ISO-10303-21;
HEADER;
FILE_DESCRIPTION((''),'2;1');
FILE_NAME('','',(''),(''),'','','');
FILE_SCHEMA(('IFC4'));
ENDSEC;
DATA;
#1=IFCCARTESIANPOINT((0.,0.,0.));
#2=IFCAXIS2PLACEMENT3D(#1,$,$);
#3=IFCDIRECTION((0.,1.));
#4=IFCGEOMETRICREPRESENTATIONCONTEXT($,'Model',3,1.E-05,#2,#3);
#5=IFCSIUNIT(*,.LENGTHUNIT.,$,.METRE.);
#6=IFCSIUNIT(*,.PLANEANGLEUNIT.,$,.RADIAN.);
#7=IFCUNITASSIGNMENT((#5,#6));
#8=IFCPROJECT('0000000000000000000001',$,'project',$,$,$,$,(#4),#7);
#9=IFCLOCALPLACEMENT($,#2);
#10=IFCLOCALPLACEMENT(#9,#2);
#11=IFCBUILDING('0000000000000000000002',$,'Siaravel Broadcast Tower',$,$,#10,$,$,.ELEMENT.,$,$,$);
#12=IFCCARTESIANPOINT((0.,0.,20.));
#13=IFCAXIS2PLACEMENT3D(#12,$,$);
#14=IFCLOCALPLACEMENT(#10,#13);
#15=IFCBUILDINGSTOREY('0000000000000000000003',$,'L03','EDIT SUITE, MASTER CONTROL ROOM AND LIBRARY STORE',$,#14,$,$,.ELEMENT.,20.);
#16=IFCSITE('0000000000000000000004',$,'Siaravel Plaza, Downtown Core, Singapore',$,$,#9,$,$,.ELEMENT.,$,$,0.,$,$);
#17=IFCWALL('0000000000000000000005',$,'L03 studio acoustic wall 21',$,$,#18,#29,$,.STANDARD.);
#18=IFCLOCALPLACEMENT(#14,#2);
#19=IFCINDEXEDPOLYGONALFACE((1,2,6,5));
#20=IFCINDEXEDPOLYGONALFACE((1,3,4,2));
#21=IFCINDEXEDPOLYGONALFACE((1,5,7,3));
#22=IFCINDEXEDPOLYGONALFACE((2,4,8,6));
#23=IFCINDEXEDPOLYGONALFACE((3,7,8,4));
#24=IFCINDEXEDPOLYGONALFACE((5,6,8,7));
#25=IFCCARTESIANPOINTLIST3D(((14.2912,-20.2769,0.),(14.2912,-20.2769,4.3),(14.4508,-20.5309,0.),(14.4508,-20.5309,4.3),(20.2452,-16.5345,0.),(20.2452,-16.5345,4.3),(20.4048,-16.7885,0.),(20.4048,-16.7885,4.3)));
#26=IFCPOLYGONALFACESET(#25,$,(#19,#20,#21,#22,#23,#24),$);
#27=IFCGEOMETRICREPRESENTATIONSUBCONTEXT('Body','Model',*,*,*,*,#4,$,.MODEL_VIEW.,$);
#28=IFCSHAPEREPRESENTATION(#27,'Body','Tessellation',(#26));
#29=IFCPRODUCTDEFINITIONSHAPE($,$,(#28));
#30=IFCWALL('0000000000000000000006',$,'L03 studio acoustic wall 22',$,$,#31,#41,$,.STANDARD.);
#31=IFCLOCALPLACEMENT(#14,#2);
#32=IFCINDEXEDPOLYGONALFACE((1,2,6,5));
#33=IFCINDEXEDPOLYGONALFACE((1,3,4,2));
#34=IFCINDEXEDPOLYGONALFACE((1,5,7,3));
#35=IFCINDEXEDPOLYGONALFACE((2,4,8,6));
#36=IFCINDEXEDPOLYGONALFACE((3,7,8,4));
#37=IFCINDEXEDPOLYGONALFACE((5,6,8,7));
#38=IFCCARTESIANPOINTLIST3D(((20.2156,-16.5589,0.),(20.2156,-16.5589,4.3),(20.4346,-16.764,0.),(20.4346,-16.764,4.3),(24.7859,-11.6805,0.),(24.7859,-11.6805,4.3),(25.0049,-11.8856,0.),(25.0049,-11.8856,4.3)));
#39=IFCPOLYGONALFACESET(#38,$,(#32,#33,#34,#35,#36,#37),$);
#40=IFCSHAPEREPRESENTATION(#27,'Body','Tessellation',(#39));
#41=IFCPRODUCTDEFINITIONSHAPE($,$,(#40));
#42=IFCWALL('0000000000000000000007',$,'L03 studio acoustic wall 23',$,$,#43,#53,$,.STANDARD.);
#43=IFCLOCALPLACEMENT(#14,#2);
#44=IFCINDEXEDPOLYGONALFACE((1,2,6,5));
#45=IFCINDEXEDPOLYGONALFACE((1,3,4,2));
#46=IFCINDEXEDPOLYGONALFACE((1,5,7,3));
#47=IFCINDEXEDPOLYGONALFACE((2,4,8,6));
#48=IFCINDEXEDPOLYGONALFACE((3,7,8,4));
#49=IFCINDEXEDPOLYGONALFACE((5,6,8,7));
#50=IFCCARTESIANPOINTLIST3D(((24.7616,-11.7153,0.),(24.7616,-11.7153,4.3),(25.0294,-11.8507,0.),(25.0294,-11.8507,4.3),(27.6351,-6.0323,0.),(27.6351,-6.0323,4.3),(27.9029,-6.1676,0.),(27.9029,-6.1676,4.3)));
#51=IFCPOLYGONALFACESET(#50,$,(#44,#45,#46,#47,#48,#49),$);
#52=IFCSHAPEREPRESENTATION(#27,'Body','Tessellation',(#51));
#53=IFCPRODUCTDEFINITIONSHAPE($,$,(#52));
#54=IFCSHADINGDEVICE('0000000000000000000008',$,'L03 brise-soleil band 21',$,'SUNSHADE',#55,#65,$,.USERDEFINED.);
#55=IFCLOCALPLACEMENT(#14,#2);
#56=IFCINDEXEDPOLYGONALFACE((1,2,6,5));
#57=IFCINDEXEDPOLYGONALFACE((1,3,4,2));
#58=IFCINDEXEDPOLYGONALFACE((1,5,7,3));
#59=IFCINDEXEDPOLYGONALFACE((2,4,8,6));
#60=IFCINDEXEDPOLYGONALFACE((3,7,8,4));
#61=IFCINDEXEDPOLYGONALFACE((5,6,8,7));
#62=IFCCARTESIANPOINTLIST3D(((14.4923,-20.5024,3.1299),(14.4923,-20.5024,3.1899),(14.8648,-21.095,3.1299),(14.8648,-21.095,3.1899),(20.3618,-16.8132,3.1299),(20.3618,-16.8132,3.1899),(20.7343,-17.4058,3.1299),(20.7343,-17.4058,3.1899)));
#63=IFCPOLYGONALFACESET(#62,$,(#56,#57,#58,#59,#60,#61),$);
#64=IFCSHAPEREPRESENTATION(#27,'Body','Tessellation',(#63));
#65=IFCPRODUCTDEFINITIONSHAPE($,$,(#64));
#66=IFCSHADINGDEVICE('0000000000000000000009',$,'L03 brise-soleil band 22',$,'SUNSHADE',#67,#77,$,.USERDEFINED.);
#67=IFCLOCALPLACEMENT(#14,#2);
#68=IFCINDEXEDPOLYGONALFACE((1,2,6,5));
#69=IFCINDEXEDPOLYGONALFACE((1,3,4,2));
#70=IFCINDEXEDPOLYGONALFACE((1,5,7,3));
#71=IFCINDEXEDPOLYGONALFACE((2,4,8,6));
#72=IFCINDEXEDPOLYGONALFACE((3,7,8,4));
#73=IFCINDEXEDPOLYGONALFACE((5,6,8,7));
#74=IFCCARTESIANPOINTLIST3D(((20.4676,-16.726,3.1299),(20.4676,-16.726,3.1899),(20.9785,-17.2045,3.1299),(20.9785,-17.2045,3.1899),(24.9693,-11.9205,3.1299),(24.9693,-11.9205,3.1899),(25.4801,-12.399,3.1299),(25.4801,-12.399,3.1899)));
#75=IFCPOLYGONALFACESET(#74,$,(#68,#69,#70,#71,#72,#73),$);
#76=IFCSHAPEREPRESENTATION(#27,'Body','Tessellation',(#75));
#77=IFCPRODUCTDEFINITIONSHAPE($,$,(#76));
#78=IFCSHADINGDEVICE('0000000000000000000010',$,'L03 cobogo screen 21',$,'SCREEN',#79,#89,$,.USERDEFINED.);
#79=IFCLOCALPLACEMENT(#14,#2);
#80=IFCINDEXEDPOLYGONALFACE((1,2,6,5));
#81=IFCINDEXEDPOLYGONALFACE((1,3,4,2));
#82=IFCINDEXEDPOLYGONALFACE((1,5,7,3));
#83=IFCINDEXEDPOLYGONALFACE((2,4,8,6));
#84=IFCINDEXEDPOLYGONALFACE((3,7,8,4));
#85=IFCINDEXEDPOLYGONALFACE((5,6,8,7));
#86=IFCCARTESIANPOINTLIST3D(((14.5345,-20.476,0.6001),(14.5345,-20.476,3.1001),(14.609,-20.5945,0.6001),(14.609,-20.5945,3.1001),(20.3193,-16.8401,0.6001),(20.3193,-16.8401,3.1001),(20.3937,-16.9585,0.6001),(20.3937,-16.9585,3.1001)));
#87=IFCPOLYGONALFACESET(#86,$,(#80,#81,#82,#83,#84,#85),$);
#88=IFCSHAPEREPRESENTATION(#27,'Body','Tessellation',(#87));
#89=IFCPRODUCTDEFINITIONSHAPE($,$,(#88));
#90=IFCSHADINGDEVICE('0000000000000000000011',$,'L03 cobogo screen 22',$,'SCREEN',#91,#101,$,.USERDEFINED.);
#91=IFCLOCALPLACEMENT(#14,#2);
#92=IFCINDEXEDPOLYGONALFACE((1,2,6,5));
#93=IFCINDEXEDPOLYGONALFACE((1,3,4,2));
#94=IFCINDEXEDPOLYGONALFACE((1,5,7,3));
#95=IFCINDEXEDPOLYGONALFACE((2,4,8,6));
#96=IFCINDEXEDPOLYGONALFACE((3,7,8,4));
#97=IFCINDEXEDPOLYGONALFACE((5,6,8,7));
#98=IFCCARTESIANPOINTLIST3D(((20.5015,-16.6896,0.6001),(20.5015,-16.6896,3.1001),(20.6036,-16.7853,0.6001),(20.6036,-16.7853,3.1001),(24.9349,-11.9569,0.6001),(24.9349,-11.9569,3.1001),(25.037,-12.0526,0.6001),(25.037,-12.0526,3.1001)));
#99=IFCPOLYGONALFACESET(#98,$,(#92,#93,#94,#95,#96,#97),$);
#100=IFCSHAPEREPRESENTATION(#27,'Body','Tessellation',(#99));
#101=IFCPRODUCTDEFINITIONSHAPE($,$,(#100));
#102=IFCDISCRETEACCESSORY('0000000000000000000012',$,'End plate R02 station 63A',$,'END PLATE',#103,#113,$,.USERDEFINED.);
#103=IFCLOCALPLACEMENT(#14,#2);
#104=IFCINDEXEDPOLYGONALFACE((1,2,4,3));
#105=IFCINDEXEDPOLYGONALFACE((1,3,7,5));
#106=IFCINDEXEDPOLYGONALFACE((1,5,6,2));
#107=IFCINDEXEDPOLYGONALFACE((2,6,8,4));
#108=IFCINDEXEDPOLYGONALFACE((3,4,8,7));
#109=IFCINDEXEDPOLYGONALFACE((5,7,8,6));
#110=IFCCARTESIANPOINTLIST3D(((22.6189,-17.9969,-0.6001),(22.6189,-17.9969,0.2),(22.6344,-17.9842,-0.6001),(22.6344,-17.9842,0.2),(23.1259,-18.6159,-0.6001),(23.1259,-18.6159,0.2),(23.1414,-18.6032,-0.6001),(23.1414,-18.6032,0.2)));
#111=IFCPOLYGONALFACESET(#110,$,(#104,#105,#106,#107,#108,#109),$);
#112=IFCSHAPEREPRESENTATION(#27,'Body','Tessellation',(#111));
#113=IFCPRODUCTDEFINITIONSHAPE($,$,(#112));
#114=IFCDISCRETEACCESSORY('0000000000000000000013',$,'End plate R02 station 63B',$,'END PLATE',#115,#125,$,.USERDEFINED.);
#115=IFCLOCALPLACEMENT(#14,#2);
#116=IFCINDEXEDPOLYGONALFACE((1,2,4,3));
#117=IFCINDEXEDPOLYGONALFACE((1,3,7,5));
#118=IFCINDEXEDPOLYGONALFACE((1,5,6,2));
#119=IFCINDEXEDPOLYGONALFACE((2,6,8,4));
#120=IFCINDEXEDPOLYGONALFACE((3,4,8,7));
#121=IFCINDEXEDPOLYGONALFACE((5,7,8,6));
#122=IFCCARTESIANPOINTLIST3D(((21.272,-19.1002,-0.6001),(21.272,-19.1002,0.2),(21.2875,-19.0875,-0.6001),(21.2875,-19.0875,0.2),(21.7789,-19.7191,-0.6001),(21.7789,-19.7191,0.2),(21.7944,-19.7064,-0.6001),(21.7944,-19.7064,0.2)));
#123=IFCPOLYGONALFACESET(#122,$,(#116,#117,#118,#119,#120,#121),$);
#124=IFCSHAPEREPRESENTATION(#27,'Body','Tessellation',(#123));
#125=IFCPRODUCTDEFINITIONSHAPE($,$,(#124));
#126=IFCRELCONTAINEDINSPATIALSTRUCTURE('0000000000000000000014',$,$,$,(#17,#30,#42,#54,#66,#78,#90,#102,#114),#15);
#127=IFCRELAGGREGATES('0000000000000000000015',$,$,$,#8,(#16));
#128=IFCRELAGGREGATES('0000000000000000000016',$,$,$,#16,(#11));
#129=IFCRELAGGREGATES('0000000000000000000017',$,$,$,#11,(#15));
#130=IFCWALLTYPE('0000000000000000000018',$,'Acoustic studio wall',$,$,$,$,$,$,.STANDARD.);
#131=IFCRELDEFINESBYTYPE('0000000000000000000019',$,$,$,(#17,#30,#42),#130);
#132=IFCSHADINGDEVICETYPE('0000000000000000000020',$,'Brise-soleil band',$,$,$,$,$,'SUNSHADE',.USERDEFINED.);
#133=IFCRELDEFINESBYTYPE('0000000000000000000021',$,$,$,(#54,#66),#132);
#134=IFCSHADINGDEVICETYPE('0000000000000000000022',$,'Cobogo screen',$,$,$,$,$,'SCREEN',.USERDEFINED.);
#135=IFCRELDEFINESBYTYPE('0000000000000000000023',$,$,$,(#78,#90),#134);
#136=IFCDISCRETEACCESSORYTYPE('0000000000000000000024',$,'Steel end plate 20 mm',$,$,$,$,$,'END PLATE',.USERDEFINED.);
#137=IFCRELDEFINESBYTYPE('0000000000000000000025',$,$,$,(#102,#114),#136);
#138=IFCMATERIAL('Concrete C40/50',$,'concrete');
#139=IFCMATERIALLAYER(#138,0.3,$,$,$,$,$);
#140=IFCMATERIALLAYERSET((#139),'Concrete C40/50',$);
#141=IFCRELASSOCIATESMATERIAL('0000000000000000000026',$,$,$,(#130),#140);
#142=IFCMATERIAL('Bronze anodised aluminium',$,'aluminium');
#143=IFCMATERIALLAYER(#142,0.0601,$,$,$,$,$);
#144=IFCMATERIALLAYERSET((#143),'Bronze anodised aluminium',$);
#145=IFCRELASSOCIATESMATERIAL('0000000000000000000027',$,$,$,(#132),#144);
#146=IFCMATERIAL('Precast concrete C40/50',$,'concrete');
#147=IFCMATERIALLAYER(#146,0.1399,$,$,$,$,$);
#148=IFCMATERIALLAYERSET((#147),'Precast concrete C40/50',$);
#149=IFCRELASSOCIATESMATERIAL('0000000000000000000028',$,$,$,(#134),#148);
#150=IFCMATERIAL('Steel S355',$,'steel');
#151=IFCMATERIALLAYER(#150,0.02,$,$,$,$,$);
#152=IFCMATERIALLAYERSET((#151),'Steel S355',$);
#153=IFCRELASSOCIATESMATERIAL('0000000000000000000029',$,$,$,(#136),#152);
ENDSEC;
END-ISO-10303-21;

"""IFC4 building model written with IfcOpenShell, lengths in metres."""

from ifc_helpers import new_model, si_unit, direction, frame, frame_2d, origin, origin_2d, place, context, subcontext, project, spatial, rectangle, extrude, material, layer, layer_set, type_object, element, save


model = new_model("IFC4")

# Units and contexts
model_context = context("Model", 3, precision=1e-05, world=origin(), true_north=direction((0.0, 1.0)))
body_context = subcontext(model_context, "Body", "Model", "MODEL_VIEW")
ifc_project = project(units=[si_unit("LENGTHUNIT", "METRE"), si_unit("PLANEANGLEUNIT", "RADIAN")], contexts=[model_context])

# Site, building, storey
site_placement = place(None, origin())
site = spatial("IfcSite", under=ifc_project, at=site_placement, Name="Siaravel Plaza, Downtown Core, Singapore", CompositionType="ELEMENT", RefElevation=0.0)
building_placement = place(site_placement, origin())
building = spatial("IfcBuilding", under=site, at=building_placement, Name="Siaravel Broadcast Tower", CompositionType="ELEMENT")
storey_placement = place(building_placement, frame((0.0, 0.0, 20.0)))
storey = spatial("IfcBuildingStorey", under=building, at=storey_placement, Name="L03", Description="EDIT SUITE, MASTER CONTROL ROOM AND LIBRARY STORE", CompositionType="ELEMENT", Elevation=20.0)

# Shared definitions
ifc_material_1 = material(Name="Steel S355", Category="steel")

# Walls
ifc_material_2 = material(Name="Concrete C40/50", Category="concrete")
ifc_layer_1 = layer(ifc_material_2, 0.3)
ifc_layer_set_1 = layer_set([ifc_layer_1], Name="Concrete C40/50")
wall_type_1 = type_object("IfcWallType", Name="Acoustic studio wall", PredefinedType="STANDARD", material=ifc_layer_set_1)
wall_1_placement = place(storey_placement, frame((14.3711, -20.4038, 0.0), z_axis=(0.0, 0.0, 1.0), x_axis=(0.846646, 0.532157, 0.0)))
element("IfcWall", 1, at=wall_1_placement, inside=storey, type_object=wall_type_1, Name="L03 studio acoustic wall 21", PredefinedType="STANDARD", context=body_context, shape_type="SweptSolid", body=[
    extrude(rectangle(XDim=7.0325, YDim=0.3, at=frame_2d((3.5161, 0.0))), origin(), (0.0, 0.0, 1.0), 4.3),
])
wall_2_placement = place(storey_placement, frame((20.3252, -16.6614, 0.0), z_axis=(0.0, 0.0, 1.0), x_axis=(0.683686, 0.729776, 0.0)))
element("IfcWall", 2, at=wall_2_placement, inside=storey, type_object=wall_type_1, Name="L03 studio acoustic wall 22", PredefinedType="STANDARD", context=body_context, shape_type="SweptSolid", body=[
    extrude(rectangle(XDim=6.6848, YDim=0.3, at=frame_2d((3.3423, 0.0))), origin(), (0.0, 0.0, 1.0), 4.3),
])
wall_3_placement = place(storey_placement, frame((24.8955, -11.783, 0.0), z_axis=(0.0, 0.0, 1.0), x_axis=(0.451227, 0.892409, 0.0)))
element("IfcWall", 3, at=wall_3_placement, inside=storey, type_object=wall_type_1, Name="L03 studio acoustic wall 23", PredefinedType="STANDARD", context=body_context, shape_type="SweptSolid", body=[
    extrude(rectangle(XDim=6.3682, YDim=0.3, at=frame_2d((3.1841, 0.0))), origin(), (0.0, 0.0, 1.0), 4.3),
])

# Shading devices
ifc_material_3 = material(Name="Bronze anodised aluminium", Category="aluminium")
ifc_layer_2 = layer(ifc_material_3, 0.0601)
ifc_layer_set_2 = layer_set([ifc_layer_2], Name="Bronze anodised aluminium")
shading_device_type_1 = type_object("IfcShadingDeviceType", Name="Brise-soleil band", ElementType="SUNSHADE", PredefinedType="USERDEFINED", material=ifc_layer_set_2)
shading_device_1_placement = place(storey_placement, frame((17.6133, -18.9541, 3.1299), z_axis=(0.0, 0.0, 1.0), x_axis=(0.846651, 0.532148, 0.0)))
element("IfcShadingDevice", 4, at=shading_device_1_placement, inside=storey, type_object=shading_device_type_1, Name="L03 brise-soleil band 21", ObjectType="SUNSHADE", PredefinedType="USERDEFINED", context=body_context, shape_type="SweptSolid", body=[
    extrude(rectangle(XDim=6.9326, YDim=0.7, at=origin_2d()), origin(), (0.0, 0.0, 1.0), 0.0601),
])
shading_device_2_placement = place(storey_placement, frame((22.9739, -14.5625, 3.1299), z_axis=(0.0, 0.0, 1.0), x_axis=(0.683656, 0.729804, 0.0)))
element("IfcShadingDevice", 5, at=shading_device_2_placement, inside=storey, type_object=shading_device_type_1, Name="L03 brise-soleil band 22", ObjectType="SUNSHADE", PredefinedType="USERDEFINED", context=body_context, shape_type="SweptSolid", body=[
    extrude(rectangle(XDim=6.5847, YDim=0.7, at=origin_2d()), origin(), (0.0, 0.0, 1.0), 0.0601),
])
ifc_material_4 = material(Name="Precast concrete C40/50", Category="concrete")
ifc_layer_3 = layer(ifc_material_4, 0.1399)
ifc_layer_set_3 = layer_set([ifc_layer_3], Name="Precast concrete C40/50")
shading_device_type_2 = type_object("IfcShadingDeviceType", Name="Cobogo screen", ElementType="SCREEN", PredefinedType="USERDEFINED", material=ifc_layer_set_3)
shading_device_3_placement = place(storey_placement, frame((17.4641, -18.7173, 0.6001), z_axis=(0.0, 0.0, 1.0), x_axis=(0.846651, 0.532148, 0.0)))
element("IfcShadingDevice", 6, at=shading_device_3_placement, inside=storey, type_object=shading_device_type_2, Name="L03 cobogo screen 21", ObjectType="SCREEN", PredefinedType="USERDEFINED", context=body_context, shape_type="SweptSolid", body=[
    extrude(rectangle(XDim=6.8325, YDim=0.1399, at=origin_2d()), origin(), (0.0, 0.0, 1.0), 2.5),
])
shading_device_4_placement = place(storey_placement, frame((22.7693, -14.3711, 0.6001), z_axis=(0.0, 0.0, 1.0), x_axis=(0.683656, 0.729804, 0.0)))
element("IfcShadingDevice", 7, at=shading_device_4_placement, inside=storey, type_object=shading_device_type_2, Name="L03 cobogo screen 22", ObjectType="SCREEN", PredefinedType="USERDEFINED", context=body_context, shape_type="SweptSolid", body=[
    extrude(rectangle(XDim=6.4849, YDim=0.1399, at=origin_2d()), origin(), (0.0, 0.0, 1.0), 2.5),
])

# Discrete accessories
ifc_layer_4 = layer(ifc_material_1, 0.02)
ifc_layer_set_4 = layer_set([ifc_layer_4], Name="Steel S355")
discrete_accessory_type = type_object("IfcDiscreteAccessoryType", Name="Steel end plate 20 mm", ElementType="END PLATE", PredefinedType="USERDEFINED", material=ifc_layer_set_4)
for number, where, z_axis, x_axis, name in (
    (8, (22.8801, -18.3, -0.6001), (0.0, 0.0, 1.0), (0.773605, 0.633669, 0.0), "End plate R02 station 63A"),
    (9, (21.5332, -19.4033, -0.6001), (0.0, 0.0, 1.0), (0.773605, 0.633669, 0.0), "End plate R02 station 63B"),
):
    element("IfcDiscreteAccessory", number, at=place(storey_placement, frame(where, z_axis=z_axis, x_axis=x_axis)), inside=storey, type_object=discrete_accessory_type, Name=name, ObjectType="END PLATE", PredefinedType="USERDEFINED", context=body_context, shape_type="SweptSolid", body=[
        extrude(rectangle(XDim=0.02, YDim=0.8, at=origin_2d()), origin(), (0.0, 0.0, 1.0), 0.8),
    ])

save(model, "model.ifc")
